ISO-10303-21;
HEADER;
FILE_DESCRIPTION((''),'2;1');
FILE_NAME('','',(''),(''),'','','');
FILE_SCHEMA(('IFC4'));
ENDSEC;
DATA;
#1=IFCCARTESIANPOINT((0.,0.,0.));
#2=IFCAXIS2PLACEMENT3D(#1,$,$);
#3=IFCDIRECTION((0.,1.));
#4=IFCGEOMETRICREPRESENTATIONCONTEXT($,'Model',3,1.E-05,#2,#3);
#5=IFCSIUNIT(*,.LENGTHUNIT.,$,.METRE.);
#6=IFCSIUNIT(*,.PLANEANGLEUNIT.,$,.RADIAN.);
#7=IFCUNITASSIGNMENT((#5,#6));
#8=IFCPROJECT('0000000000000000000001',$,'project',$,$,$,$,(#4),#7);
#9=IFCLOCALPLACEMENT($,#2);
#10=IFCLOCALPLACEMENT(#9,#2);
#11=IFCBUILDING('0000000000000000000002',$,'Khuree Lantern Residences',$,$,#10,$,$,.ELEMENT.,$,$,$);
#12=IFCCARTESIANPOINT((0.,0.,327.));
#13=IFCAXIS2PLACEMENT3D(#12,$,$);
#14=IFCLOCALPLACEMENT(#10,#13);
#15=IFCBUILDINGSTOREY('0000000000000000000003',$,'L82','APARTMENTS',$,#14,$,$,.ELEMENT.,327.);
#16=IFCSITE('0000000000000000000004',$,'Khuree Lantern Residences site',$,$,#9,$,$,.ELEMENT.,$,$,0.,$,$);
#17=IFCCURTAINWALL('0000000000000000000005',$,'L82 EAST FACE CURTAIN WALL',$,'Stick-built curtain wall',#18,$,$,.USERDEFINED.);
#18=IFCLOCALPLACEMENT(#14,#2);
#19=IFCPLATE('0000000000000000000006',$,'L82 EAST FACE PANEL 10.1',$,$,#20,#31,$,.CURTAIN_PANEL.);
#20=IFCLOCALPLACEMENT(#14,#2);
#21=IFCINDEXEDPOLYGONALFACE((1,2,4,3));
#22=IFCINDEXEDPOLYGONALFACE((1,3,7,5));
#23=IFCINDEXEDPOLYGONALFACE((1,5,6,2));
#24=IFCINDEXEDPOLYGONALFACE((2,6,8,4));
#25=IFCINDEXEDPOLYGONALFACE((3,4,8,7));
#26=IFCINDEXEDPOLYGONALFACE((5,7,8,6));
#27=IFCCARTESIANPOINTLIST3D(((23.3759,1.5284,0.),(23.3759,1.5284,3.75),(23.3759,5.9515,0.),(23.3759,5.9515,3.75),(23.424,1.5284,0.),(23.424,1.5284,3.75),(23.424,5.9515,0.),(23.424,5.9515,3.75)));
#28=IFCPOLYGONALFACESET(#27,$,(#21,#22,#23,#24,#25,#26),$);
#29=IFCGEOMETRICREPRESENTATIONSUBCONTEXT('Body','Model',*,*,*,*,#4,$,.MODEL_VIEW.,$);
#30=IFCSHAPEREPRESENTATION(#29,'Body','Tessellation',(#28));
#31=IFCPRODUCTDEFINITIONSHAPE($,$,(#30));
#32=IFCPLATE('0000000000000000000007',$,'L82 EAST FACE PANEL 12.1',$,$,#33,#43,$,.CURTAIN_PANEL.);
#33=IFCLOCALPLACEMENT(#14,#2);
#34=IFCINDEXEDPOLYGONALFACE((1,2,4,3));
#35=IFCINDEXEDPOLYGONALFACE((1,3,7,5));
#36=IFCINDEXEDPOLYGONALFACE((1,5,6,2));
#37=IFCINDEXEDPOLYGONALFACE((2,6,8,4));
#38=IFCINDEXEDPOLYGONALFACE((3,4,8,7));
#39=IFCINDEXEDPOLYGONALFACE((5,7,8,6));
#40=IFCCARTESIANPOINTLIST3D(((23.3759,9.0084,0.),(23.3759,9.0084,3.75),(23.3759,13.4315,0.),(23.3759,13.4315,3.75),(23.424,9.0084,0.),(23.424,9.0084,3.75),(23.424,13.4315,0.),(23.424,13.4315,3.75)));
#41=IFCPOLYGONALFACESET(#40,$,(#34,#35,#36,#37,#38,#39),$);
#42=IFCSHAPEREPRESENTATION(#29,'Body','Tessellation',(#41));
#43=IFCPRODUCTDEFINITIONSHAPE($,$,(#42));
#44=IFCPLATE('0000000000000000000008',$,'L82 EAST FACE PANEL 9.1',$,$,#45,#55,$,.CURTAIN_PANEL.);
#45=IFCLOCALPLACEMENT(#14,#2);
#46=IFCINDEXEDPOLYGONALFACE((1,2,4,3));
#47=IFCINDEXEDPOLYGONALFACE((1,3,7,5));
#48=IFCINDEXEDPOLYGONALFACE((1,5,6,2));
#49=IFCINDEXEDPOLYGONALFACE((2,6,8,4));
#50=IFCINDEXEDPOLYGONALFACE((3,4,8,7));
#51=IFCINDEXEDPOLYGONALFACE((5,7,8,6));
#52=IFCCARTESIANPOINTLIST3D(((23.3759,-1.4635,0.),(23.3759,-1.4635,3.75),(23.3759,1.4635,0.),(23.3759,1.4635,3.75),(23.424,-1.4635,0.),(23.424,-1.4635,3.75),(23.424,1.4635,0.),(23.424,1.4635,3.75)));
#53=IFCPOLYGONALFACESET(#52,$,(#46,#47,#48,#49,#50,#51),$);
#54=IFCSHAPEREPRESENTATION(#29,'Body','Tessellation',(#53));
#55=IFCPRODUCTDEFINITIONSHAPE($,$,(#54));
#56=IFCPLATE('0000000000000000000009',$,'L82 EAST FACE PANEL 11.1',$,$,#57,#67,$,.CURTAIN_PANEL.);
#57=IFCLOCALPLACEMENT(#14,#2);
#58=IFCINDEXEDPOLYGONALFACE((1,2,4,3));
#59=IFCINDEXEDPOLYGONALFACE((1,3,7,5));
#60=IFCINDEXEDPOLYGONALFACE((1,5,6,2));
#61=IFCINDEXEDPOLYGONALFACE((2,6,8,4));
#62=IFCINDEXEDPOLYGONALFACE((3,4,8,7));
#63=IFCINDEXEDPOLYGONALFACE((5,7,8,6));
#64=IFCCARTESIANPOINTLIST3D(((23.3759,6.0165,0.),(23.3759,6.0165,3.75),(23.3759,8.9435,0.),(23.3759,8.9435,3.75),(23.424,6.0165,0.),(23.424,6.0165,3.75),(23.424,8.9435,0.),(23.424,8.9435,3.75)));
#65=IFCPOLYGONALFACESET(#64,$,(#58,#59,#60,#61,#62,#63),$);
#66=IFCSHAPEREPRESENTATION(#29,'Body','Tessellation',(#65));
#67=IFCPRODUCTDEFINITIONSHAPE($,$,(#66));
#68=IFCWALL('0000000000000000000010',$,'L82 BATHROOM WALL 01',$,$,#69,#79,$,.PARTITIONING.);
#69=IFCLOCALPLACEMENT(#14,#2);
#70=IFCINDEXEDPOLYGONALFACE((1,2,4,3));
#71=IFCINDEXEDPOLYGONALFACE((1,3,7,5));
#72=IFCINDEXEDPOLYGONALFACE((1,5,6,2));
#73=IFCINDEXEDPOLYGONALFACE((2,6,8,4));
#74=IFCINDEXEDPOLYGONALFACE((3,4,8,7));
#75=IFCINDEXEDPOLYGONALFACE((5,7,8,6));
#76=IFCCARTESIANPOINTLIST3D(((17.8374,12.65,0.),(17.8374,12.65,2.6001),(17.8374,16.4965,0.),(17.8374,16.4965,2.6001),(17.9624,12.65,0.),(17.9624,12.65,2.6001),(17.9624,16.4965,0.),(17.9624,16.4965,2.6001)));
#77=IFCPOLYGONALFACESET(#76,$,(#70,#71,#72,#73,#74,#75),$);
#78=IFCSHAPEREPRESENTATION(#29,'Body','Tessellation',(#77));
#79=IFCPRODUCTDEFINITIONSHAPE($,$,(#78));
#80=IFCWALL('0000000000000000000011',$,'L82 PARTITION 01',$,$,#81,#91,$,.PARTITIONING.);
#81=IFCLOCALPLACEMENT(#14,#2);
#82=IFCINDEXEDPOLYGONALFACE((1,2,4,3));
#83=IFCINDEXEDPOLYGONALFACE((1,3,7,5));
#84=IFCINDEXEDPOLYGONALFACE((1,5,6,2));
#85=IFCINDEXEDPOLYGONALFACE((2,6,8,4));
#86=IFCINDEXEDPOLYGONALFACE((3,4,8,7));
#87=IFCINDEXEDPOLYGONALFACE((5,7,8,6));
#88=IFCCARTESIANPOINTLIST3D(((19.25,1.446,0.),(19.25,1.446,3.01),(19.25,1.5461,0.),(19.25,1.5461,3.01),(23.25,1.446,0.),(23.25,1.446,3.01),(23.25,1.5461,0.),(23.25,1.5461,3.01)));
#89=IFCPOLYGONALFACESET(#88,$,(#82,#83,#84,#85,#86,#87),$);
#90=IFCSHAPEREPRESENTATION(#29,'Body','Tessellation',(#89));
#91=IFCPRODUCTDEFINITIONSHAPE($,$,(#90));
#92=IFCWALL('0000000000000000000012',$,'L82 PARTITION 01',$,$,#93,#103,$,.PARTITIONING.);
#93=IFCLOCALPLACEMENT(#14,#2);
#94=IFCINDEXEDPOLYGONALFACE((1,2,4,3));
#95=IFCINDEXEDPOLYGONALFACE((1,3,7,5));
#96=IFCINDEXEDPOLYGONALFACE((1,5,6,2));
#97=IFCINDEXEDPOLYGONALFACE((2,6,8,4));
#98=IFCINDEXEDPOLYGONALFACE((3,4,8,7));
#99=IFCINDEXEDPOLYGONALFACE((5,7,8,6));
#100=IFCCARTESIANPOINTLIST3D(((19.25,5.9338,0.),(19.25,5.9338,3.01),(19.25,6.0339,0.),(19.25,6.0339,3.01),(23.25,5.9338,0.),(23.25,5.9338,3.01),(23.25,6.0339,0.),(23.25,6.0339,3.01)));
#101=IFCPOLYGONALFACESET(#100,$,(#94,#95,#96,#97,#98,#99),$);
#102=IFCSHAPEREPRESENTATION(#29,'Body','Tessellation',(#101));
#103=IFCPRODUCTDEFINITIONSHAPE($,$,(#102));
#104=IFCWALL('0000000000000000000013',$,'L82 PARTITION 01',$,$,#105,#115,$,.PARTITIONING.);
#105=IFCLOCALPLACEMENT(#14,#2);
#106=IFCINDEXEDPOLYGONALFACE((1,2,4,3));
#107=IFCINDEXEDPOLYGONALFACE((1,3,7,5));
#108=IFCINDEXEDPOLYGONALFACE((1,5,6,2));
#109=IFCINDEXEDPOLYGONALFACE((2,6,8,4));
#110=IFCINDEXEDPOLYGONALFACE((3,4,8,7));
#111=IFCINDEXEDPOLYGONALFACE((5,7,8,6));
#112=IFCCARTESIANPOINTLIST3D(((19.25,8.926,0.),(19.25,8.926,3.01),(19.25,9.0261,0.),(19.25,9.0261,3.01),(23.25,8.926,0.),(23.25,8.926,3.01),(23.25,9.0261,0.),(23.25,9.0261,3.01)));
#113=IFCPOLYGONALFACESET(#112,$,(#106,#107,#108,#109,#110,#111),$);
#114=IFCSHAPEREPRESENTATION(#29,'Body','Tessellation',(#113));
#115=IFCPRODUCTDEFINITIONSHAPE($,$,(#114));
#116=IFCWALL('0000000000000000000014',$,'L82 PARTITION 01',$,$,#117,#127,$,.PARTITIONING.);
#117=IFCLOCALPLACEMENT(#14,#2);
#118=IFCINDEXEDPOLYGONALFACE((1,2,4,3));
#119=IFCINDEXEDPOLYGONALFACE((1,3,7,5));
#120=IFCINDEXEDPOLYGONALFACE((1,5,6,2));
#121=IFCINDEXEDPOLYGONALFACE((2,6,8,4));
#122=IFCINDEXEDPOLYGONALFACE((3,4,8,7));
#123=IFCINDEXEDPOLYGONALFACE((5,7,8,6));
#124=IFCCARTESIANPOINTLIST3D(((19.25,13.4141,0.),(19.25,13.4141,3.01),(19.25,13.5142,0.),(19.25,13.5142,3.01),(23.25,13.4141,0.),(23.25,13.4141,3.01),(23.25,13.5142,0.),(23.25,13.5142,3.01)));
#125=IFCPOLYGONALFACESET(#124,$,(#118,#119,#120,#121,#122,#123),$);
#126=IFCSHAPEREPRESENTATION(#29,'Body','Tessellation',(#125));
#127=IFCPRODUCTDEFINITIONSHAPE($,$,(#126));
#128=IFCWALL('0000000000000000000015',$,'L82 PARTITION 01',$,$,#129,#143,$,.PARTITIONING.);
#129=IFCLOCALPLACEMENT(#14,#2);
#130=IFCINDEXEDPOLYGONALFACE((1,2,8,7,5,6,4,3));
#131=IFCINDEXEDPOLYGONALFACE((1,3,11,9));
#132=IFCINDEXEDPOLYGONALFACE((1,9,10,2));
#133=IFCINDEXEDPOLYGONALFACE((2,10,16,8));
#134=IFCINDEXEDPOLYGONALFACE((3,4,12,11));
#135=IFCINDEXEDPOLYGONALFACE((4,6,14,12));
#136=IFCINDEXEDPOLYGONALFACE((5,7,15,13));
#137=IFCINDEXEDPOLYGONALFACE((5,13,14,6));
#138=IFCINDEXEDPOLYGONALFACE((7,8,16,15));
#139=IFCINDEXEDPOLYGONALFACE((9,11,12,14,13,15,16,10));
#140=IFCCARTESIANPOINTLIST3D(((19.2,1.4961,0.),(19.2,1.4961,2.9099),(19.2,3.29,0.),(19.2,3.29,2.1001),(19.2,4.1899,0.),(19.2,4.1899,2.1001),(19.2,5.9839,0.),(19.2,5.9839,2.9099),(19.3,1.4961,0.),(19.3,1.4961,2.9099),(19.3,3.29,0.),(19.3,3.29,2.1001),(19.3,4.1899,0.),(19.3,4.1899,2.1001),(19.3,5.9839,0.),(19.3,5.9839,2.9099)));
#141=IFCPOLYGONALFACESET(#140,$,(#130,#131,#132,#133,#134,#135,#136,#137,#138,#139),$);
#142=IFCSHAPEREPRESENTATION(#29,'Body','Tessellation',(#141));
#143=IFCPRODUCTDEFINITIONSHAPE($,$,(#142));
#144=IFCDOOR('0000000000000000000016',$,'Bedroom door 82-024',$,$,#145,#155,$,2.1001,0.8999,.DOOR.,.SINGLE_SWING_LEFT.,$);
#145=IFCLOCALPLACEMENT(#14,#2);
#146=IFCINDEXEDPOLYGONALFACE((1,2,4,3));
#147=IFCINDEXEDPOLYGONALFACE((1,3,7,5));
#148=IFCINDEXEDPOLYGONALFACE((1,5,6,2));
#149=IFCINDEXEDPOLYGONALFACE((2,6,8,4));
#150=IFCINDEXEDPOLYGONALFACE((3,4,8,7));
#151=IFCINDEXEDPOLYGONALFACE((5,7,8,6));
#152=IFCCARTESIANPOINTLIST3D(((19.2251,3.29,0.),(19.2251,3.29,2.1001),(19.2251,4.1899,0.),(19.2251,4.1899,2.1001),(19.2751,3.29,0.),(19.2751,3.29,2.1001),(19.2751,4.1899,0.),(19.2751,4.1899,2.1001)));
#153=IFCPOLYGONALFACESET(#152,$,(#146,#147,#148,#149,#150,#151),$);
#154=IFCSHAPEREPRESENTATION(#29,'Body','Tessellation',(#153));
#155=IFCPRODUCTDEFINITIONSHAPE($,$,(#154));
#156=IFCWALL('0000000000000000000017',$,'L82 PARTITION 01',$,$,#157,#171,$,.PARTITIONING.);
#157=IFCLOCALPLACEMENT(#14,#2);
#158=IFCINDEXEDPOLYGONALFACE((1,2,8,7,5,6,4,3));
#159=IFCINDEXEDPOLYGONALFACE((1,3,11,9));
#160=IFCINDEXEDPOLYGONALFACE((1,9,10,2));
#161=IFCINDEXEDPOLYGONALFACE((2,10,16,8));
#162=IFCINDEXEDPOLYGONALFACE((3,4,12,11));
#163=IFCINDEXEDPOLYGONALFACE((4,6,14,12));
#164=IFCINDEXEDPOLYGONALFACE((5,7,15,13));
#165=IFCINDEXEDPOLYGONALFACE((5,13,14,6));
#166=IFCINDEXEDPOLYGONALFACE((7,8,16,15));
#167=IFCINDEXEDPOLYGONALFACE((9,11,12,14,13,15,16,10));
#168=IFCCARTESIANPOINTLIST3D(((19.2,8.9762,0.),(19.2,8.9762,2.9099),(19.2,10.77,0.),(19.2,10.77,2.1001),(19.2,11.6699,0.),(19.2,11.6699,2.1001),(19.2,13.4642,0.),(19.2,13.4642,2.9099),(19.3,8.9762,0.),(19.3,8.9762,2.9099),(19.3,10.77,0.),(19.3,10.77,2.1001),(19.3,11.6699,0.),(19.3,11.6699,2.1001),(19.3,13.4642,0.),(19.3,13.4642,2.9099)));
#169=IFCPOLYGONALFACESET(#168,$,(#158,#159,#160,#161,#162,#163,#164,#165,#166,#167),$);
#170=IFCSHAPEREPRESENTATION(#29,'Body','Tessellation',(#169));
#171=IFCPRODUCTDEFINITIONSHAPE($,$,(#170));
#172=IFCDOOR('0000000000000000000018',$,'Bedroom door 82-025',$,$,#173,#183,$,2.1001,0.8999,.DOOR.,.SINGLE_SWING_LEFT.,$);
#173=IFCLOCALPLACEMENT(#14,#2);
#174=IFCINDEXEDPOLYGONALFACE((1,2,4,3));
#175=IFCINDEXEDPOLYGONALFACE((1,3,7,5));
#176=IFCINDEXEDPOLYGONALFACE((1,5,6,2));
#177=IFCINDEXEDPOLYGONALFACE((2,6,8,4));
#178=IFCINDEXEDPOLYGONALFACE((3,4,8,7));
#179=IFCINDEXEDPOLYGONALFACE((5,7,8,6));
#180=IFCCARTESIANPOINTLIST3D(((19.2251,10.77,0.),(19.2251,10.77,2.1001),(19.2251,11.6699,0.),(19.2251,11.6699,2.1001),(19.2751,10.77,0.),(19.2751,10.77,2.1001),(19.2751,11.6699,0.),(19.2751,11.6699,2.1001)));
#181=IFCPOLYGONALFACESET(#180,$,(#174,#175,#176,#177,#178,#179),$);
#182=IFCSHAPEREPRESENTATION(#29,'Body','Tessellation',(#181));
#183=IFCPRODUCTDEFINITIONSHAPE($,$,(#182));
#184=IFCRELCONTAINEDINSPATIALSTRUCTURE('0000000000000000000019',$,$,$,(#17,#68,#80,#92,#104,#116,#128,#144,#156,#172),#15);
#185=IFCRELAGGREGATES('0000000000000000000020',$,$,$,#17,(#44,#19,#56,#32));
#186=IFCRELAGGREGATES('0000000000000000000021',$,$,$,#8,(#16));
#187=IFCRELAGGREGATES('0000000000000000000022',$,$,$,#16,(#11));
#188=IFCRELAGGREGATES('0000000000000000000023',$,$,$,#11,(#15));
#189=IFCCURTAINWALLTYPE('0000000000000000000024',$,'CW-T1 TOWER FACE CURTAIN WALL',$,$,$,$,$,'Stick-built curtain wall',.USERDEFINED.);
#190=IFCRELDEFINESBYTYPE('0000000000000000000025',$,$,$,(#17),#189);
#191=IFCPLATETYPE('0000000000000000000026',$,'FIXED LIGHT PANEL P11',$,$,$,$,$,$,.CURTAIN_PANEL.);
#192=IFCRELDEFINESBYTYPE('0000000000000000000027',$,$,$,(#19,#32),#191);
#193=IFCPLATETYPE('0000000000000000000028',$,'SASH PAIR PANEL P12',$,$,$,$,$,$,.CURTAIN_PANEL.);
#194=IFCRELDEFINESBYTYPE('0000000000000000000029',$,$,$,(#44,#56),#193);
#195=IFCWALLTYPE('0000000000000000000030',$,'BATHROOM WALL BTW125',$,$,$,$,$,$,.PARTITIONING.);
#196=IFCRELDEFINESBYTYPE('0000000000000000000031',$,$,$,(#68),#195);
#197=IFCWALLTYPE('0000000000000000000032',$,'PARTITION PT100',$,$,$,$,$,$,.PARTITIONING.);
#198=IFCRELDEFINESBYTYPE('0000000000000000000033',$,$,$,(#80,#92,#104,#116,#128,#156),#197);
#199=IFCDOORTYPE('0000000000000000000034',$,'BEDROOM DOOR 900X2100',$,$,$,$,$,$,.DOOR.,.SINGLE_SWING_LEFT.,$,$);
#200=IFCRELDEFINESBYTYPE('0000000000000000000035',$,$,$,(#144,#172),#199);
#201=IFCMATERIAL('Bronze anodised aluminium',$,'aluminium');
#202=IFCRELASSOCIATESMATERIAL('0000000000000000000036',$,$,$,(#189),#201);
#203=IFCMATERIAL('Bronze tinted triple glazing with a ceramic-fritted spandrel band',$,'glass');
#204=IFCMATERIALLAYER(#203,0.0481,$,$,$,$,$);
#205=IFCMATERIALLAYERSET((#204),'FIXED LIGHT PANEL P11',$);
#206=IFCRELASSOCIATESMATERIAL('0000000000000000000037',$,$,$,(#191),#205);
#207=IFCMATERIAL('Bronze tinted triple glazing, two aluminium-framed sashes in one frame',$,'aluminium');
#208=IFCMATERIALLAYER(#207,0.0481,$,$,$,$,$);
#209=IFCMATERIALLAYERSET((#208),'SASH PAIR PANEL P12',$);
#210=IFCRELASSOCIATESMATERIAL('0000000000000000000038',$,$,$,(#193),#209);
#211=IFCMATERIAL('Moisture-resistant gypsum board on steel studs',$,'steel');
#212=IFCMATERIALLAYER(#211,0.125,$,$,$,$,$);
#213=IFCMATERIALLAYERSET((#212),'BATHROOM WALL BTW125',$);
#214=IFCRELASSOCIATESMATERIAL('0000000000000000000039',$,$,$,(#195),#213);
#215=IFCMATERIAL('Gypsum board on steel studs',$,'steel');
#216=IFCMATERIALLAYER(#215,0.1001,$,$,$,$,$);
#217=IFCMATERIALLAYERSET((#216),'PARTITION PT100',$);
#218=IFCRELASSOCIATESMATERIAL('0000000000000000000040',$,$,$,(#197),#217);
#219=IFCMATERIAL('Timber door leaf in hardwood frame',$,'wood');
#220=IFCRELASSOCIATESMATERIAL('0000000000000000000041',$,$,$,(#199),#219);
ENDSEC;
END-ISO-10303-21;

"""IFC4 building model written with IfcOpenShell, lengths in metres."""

from ifc_helpers import new_model, si_unit, direction, frame, frame_2d, origin, origin_2d, place, context, subcontext, project, spatial, rectangle, extrude, material, layer, layer_set, type_object, element, fill, aggregate, save


model = new_model("IFC4")

# Units and contexts
model_context = context("Model", 3, precision=1e-05, world=origin(), true_north=direction((0.0, 1.0)))
body_context = subcontext(model_context, "Body", "Model", "MODEL_VIEW")
ifc_project = project(units=[si_unit("LENGTHUNIT", "METRE"), si_unit("PLANEANGLEUNIT", "RADIAN")], contexts=[model_context])

# Site, building, storey
site_placement = place(None, origin())
site = spatial("IfcSite", under=ifc_project, at=site_placement, Name="Khuree Lantern Residences site", CompositionType="ELEMENT", RefElevation=0.0)
building_placement = place(site_placement, origin())
building = spatial("IfcBuilding", under=site, at=building_placement, Name="Khuree Lantern Residences", CompositionType="ELEMENT")
storey_placement = place(building_placement, frame((0.0, 0.0, 327.0)))
storey = spatial("IfcBuildingStorey", under=building, at=storey_placement, Name="L82", Description="APARTMENTS", CompositionType="ELEMENT", Elevation=327.0)

# Curtain wall
ifc_material_1 = material(Name="Bronze anodised aluminium", Category="aluminium")
curtain_wall_type = type_object("IfcCurtainWallType", Name="CW-T1 TOWER FACE CURTAIN WALL", ElementType="Stick-built curtain wall", PredefinedType="USERDEFINED", material=ifc_material_1)
curtain_wall_placement = place(storey_placement, origin())
curtain_wall = element("IfcCurtainWall", 1, at=curtain_wall_placement, inside=storey, type_object=curtain_wall_type, Name="L82 EAST FACE CURTAIN WALL", ObjectType="Stick-built curtain wall", PredefinedType="USERDEFINED")

# Plates
ifc_material_2 = material(Name="Bronze tinted triple glazing with a ceramic-fritted spandrel band", Category="glass")
ifc_layer_1 = layer(ifc_material_2, 0.0481)
ifc_layer_set_1 = layer_set([ifc_layer_1], Name="FIXED LIGHT PANEL P11")
plate_type_1 = type_object("IfcPlateType", Name="FIXED LIGHT PANEL P11", PredefinedType="CURTAIN_PANEL", material=ifc_layer_set_1)
plate_1_placement = place(storey_placement, frame((23.3999, 3.74, 0.0), z_axis=(0.0, 0.0, 1.0), x_axis=(0.0, 1.0, 0.0)))
plate_1 = element("IfcPlate", 2, at=plate_1_placement, type_object=plate_type_1, Name="L82 EAST FACE PANEL 10.1", PredefinedType="CURTAIN_PANEL", context=body_context, shape_type="SweptSolid", body=[
    extrude(rectangle(XDim=4.4231, YDim=0.0481, at=origin_2d()), origin(), (0.0, 0.0, 1.0), 3.75),
])
plate_2_placement = place(storey_placement, frame((23.3999, 11.22, 0.0), z_axis=(0.0, 0.0, 1.0), x_axis=(0.0, 1.0, 0.0)))
plate_2 = element("IfcPlate", 3, at=plate_2_placement, type_object=plate_type_1, Name="L82 EAST FACE PANEL 12.1", PredefinedType="CURTAIN_PANEL", context=body_context, shape_type="SweptSolid", body=[
    extrude(rectangle(XDim=4.4231, YDim=0.0481, at=origin_2d()), origin(), (0.0, 0.0, 1.0), 3.75),
])
ifc_material_3 = material(Name="Bronze tinted triple glazing, two aluminium-framed sashes in one frame", Category="aluminium")
ifc_layer_2 = layer(ifc_material_3, 0.0481)
ifc_layer_set_2 = layer_set([ifc_layer_2], Name="SASH PAIR PANEL P12")
plate_type_2 = type_object("IfcPlateType", Name="SASH PAIR PANEL P12", PredefinedType="CURTAIN_PANEL", material=ifc_layer_set_2)
plate_3_placement = place(storey_placement, frame((23.3999, 0.0, 0.0), z_axis=(0.0, 0.0, 1.0), x_axis=(0.0, 1.0, 0.0)))
plate_3 = element("IfcPlate", 4, at=plate_3_placement, type_object=plate_type_2, Name="L82 EAST FACE PANEL 9.1", PredefinedType="CURTAIN_PANEL", context=body_context, shape_type="SweptSolid", body=[
    extrude(rectangle(XDim=2.927, YDim=0.0481, at=origin_2d()), origin(), (0.0, 0.0, 1.0), 3.75),
])
plate_4_placement = place(storey_placement, frame((23.3999, 7.48, 0.0), z_axis=(0.0, 0.0, 1.0), x_axis=(0.0, 1.0, 0.0)))
plate_4 = element("IfcPlate", 5, at=plate_4_placement, type_object=plate_type_2, Name="L82 EAST FACE PANEL 11.1", PredefinedType="CURTAIN_PANEL", context=body_context, shape_type="SweptSolid", body=[
    extrude(rectangle(XDim=2.927, YDim=0.0481, at=origin_2d()), origin(), (0.0, 0.0, 1.0), 3.75),
])
aggregate(curtain_wall, [plate_3, plate_1, plate_4, plate_2])

# Walls
ifc_material_4 = material(Name="Moisture-resistant gypsum board on steel studs", Category="steel")
ifc_layer_3 = layer(ifc_material_4, 0.125)
ifc_layer_set_3 = layer_set([ifc_layer_3], Name="BATHROOM WALL BTW125")
wall_type_1 = type_object("IfcWallType", Name="BATHROOM WALL BTW125", PredefinedType="PARTITIONING", material=ifc_layer_set_3)
wall_1_placement = place(storey_placement, frame((17.8999, 12.6499, 0.0), z_axis=(0.0, 0.0, 1.0), x_axis=(0.0, 1.0, 0.0)))
element("IfcWall", 6, at=wall_1_placement, inside=storey, type_object=wall_type_1, Name="L82 BATHROOM WALL 01", PredefinedType="PARTITIONING", context=body_context, shape_type="SweptSolid", body=[
    extrude(rectangle(XDim=3.8464, YDim=0.125, at=frame_2d((1.9233, 0.0))), origin(), (0.0, 0.0, 1.0), 2.6001),
])
ifc_material_5 = material(Name="Gypsum board on steel studs", Category="steel")
ifc_layer_4 = layer(ifc_material_5, 0.1001)
ifc_layer_set_4 = layer_set([ifc_layer_4], Name="PARTITION PT100")
wall_type_2 = type_object("IfcWallType", Name="PARTITION PT100", PredefinedType="PARTITIONING", material=ifc_layer_set_4)
for number, where, z_axis, x_axis, name in (
    (7, (19.25, 1.4961, 0.0), (0.0, 0.0, 1.0), (1.0, 0.0, 0.0), "L82 PARTITION 01"),
    (8, (19.25, 5.9839, 0.0), (0.0, 0.0, 1.0), (1.0, 0.0, 0.0), "L82 PARTITION 01"),
    (9, (19.25, 8.9761, 0.0), (0.0, 0.0, 1.0), (1.0, 0.0, 0.0), "L82 PARTITION 01"),
    (10, (19.25, 13.4641, 0.0), (0.0, 0.0, 1.0), (1.0, 0.0, 0.0), "L82 PARTITION 01"),
):
    element("IfcWall", number, at=place(storey_placement, frame(where, z_axis=z_axis, x_axis=x_axis)), inside=storey, type_object=wall_type_2, Name=name, PredefinedType="PARTITIONING", context=body_context, shape_type="SweptSolid", body=[
        extrude(rectangle(XDim=4.0, YDim=0.1001, at=frame_2d((2.0, 0.0))), origin(), (0.0, 0.0, 1.0), 3.01),
    ])

# Walls, openings, doors
wall_2_placement = place(storey_placement, frame((19.25, 1.4961, 0.0), z_axis=(0.0, 0.0, 1.0), x_axis=(0.0, 1.0, 0.0)))
wall_2 = element("IfcWall", 11, at=wall_2_placement, inside=storey, type_object=wall_type_2, Name="L82 PARTITION 01", PredefinedType="PARTITIONING", context=body_context, shape_type="SweptSolid", body=[
    extrude(rectangle(XDim=4.4878, YDim=0.1001, at=frame_2d((2.2439, 0.0))), origin(), (0.0, 0.0, 1.0), 2.9099),
])
opening_1_placement = place(wall_2_placement, frame((1.7939, 0.0, 0.0)))
opening_1 = element("IfcOpeningElement", 12, at=opening_1_placement, cuts=wall_2, PredefinedType="OPENING", context=body_context, shape_type="SweptSolid", body=[
    extrude(rectangle(XDim=0.8999, YDim=2.1001, at=frame_2d((0.45, 1.05))), frame((0.0, 0.0601, 0.0), z_axis=(0.0, -1.0, 0.0), x_axis=(1.0, 0.0, 0.0)), (0.0, 0.0, 1.0), 0.1201),
])
ifc_material_6 = material(Name="Timber door leaf in hardwood frame", Category="wood")
door_type = type_object("IfcDoorType", Name="BEDROOM DOOR 900X2100", OperationType="SINGLE_SWING_LEFT", PredefinedType="DOOR", material=ifc_material_6)
door_1_placement = place(opening_1_placement, origin())
door_1 = element("IfcDoor", 13, at=door_1_placement, inside=storey, type_object=door_type, Name="Bedroom door 82-024", OperationType="SINGLE_SWING_LEFT", OverallHeight=2.1001, OverallWidth=0.8999, PredefinedType="DOOR", context=body_context, shape_type="SweptSolid", body=[
    extrude(rectangle(XDim=0.8999, YDim=2.1001, at=frame_2d((0.45, 1.05))), frame((0.0, 0.0249, 0.0), z_axis=(0.0, -1.0, 0.0), x_axis=(1.0, 0.0, 0.0)), (0.0, 0.0, 1.0), 0.05),
])
fill(opening_1, door_1)
wall_3_placement = place(storey_placement, frame((19.25, 8.9761, 0.0), z_axis=(0.0, 0.0, 1.0), x_axis=(0.0, 1.0, 0.0)))
wall_3 = element("IfcWall", 14, at=wall_3_placement, inside=storey, type_object=wall_type_2, Name="L82 PARTITION 01", PredefinedType="PARTITIONING", context=body_context, shape_type="SweptSolid", body=[
    extrude(rectangle(XDim=4.488, YDim=0.1001, at=frame_2d((2.2441, 0.0))), origin(), (0.0, 0.0, 1.0), 2.9099),
])
opening_2_placement = place(wall_3_placement, frame((1.7939, 0.0, 0.0)))
opening_2 = element("IfcOpeningElement", 15, at=opening_2_placement, cuts=wall_3, PredefinedType="OPENING", context=body_context, shape_type="SweptSolid", body=[
    extrude(rectangle(XDim=0.8999, YDim=2.1001, at=frame_2d((0.45, 1.05))), frame((0.0, 0.0601, 0.0), z_axis=(0.0, -1.0, 0.0), x_axis=(1.0, 0.0, 0.0)), (0.0, 0.0, 1.0), 0.1201),
])
door_2_placement = place(opening_2_placement, origin())
door_2 = element("IfcDoor", 16, at=door_2_placement, inside=storey, type_object=door_type, Name="Bedroom door 82-025", OperationType="SINGLE_SWING_LEFT", OverallHeight=2.1001, OverallWidth=0.8999, PredefinedType="DOOR", context=body_context, shape_type="SweptSolid", body=[
    extrude(rectangle(XDim=0.8999, YDim=2.1001, at=frame_2d((0.45, 1.05))), frame((0.0, 0.0249, 0.0), z_axis=(0.0, -1.0, 0.0), x_axis=(1.0, 0.0, 0.0)), (0.0, 0.0, 1.0), 0.05),
])
fill(opening_2, door_2)

save(model, "model.ifc")
